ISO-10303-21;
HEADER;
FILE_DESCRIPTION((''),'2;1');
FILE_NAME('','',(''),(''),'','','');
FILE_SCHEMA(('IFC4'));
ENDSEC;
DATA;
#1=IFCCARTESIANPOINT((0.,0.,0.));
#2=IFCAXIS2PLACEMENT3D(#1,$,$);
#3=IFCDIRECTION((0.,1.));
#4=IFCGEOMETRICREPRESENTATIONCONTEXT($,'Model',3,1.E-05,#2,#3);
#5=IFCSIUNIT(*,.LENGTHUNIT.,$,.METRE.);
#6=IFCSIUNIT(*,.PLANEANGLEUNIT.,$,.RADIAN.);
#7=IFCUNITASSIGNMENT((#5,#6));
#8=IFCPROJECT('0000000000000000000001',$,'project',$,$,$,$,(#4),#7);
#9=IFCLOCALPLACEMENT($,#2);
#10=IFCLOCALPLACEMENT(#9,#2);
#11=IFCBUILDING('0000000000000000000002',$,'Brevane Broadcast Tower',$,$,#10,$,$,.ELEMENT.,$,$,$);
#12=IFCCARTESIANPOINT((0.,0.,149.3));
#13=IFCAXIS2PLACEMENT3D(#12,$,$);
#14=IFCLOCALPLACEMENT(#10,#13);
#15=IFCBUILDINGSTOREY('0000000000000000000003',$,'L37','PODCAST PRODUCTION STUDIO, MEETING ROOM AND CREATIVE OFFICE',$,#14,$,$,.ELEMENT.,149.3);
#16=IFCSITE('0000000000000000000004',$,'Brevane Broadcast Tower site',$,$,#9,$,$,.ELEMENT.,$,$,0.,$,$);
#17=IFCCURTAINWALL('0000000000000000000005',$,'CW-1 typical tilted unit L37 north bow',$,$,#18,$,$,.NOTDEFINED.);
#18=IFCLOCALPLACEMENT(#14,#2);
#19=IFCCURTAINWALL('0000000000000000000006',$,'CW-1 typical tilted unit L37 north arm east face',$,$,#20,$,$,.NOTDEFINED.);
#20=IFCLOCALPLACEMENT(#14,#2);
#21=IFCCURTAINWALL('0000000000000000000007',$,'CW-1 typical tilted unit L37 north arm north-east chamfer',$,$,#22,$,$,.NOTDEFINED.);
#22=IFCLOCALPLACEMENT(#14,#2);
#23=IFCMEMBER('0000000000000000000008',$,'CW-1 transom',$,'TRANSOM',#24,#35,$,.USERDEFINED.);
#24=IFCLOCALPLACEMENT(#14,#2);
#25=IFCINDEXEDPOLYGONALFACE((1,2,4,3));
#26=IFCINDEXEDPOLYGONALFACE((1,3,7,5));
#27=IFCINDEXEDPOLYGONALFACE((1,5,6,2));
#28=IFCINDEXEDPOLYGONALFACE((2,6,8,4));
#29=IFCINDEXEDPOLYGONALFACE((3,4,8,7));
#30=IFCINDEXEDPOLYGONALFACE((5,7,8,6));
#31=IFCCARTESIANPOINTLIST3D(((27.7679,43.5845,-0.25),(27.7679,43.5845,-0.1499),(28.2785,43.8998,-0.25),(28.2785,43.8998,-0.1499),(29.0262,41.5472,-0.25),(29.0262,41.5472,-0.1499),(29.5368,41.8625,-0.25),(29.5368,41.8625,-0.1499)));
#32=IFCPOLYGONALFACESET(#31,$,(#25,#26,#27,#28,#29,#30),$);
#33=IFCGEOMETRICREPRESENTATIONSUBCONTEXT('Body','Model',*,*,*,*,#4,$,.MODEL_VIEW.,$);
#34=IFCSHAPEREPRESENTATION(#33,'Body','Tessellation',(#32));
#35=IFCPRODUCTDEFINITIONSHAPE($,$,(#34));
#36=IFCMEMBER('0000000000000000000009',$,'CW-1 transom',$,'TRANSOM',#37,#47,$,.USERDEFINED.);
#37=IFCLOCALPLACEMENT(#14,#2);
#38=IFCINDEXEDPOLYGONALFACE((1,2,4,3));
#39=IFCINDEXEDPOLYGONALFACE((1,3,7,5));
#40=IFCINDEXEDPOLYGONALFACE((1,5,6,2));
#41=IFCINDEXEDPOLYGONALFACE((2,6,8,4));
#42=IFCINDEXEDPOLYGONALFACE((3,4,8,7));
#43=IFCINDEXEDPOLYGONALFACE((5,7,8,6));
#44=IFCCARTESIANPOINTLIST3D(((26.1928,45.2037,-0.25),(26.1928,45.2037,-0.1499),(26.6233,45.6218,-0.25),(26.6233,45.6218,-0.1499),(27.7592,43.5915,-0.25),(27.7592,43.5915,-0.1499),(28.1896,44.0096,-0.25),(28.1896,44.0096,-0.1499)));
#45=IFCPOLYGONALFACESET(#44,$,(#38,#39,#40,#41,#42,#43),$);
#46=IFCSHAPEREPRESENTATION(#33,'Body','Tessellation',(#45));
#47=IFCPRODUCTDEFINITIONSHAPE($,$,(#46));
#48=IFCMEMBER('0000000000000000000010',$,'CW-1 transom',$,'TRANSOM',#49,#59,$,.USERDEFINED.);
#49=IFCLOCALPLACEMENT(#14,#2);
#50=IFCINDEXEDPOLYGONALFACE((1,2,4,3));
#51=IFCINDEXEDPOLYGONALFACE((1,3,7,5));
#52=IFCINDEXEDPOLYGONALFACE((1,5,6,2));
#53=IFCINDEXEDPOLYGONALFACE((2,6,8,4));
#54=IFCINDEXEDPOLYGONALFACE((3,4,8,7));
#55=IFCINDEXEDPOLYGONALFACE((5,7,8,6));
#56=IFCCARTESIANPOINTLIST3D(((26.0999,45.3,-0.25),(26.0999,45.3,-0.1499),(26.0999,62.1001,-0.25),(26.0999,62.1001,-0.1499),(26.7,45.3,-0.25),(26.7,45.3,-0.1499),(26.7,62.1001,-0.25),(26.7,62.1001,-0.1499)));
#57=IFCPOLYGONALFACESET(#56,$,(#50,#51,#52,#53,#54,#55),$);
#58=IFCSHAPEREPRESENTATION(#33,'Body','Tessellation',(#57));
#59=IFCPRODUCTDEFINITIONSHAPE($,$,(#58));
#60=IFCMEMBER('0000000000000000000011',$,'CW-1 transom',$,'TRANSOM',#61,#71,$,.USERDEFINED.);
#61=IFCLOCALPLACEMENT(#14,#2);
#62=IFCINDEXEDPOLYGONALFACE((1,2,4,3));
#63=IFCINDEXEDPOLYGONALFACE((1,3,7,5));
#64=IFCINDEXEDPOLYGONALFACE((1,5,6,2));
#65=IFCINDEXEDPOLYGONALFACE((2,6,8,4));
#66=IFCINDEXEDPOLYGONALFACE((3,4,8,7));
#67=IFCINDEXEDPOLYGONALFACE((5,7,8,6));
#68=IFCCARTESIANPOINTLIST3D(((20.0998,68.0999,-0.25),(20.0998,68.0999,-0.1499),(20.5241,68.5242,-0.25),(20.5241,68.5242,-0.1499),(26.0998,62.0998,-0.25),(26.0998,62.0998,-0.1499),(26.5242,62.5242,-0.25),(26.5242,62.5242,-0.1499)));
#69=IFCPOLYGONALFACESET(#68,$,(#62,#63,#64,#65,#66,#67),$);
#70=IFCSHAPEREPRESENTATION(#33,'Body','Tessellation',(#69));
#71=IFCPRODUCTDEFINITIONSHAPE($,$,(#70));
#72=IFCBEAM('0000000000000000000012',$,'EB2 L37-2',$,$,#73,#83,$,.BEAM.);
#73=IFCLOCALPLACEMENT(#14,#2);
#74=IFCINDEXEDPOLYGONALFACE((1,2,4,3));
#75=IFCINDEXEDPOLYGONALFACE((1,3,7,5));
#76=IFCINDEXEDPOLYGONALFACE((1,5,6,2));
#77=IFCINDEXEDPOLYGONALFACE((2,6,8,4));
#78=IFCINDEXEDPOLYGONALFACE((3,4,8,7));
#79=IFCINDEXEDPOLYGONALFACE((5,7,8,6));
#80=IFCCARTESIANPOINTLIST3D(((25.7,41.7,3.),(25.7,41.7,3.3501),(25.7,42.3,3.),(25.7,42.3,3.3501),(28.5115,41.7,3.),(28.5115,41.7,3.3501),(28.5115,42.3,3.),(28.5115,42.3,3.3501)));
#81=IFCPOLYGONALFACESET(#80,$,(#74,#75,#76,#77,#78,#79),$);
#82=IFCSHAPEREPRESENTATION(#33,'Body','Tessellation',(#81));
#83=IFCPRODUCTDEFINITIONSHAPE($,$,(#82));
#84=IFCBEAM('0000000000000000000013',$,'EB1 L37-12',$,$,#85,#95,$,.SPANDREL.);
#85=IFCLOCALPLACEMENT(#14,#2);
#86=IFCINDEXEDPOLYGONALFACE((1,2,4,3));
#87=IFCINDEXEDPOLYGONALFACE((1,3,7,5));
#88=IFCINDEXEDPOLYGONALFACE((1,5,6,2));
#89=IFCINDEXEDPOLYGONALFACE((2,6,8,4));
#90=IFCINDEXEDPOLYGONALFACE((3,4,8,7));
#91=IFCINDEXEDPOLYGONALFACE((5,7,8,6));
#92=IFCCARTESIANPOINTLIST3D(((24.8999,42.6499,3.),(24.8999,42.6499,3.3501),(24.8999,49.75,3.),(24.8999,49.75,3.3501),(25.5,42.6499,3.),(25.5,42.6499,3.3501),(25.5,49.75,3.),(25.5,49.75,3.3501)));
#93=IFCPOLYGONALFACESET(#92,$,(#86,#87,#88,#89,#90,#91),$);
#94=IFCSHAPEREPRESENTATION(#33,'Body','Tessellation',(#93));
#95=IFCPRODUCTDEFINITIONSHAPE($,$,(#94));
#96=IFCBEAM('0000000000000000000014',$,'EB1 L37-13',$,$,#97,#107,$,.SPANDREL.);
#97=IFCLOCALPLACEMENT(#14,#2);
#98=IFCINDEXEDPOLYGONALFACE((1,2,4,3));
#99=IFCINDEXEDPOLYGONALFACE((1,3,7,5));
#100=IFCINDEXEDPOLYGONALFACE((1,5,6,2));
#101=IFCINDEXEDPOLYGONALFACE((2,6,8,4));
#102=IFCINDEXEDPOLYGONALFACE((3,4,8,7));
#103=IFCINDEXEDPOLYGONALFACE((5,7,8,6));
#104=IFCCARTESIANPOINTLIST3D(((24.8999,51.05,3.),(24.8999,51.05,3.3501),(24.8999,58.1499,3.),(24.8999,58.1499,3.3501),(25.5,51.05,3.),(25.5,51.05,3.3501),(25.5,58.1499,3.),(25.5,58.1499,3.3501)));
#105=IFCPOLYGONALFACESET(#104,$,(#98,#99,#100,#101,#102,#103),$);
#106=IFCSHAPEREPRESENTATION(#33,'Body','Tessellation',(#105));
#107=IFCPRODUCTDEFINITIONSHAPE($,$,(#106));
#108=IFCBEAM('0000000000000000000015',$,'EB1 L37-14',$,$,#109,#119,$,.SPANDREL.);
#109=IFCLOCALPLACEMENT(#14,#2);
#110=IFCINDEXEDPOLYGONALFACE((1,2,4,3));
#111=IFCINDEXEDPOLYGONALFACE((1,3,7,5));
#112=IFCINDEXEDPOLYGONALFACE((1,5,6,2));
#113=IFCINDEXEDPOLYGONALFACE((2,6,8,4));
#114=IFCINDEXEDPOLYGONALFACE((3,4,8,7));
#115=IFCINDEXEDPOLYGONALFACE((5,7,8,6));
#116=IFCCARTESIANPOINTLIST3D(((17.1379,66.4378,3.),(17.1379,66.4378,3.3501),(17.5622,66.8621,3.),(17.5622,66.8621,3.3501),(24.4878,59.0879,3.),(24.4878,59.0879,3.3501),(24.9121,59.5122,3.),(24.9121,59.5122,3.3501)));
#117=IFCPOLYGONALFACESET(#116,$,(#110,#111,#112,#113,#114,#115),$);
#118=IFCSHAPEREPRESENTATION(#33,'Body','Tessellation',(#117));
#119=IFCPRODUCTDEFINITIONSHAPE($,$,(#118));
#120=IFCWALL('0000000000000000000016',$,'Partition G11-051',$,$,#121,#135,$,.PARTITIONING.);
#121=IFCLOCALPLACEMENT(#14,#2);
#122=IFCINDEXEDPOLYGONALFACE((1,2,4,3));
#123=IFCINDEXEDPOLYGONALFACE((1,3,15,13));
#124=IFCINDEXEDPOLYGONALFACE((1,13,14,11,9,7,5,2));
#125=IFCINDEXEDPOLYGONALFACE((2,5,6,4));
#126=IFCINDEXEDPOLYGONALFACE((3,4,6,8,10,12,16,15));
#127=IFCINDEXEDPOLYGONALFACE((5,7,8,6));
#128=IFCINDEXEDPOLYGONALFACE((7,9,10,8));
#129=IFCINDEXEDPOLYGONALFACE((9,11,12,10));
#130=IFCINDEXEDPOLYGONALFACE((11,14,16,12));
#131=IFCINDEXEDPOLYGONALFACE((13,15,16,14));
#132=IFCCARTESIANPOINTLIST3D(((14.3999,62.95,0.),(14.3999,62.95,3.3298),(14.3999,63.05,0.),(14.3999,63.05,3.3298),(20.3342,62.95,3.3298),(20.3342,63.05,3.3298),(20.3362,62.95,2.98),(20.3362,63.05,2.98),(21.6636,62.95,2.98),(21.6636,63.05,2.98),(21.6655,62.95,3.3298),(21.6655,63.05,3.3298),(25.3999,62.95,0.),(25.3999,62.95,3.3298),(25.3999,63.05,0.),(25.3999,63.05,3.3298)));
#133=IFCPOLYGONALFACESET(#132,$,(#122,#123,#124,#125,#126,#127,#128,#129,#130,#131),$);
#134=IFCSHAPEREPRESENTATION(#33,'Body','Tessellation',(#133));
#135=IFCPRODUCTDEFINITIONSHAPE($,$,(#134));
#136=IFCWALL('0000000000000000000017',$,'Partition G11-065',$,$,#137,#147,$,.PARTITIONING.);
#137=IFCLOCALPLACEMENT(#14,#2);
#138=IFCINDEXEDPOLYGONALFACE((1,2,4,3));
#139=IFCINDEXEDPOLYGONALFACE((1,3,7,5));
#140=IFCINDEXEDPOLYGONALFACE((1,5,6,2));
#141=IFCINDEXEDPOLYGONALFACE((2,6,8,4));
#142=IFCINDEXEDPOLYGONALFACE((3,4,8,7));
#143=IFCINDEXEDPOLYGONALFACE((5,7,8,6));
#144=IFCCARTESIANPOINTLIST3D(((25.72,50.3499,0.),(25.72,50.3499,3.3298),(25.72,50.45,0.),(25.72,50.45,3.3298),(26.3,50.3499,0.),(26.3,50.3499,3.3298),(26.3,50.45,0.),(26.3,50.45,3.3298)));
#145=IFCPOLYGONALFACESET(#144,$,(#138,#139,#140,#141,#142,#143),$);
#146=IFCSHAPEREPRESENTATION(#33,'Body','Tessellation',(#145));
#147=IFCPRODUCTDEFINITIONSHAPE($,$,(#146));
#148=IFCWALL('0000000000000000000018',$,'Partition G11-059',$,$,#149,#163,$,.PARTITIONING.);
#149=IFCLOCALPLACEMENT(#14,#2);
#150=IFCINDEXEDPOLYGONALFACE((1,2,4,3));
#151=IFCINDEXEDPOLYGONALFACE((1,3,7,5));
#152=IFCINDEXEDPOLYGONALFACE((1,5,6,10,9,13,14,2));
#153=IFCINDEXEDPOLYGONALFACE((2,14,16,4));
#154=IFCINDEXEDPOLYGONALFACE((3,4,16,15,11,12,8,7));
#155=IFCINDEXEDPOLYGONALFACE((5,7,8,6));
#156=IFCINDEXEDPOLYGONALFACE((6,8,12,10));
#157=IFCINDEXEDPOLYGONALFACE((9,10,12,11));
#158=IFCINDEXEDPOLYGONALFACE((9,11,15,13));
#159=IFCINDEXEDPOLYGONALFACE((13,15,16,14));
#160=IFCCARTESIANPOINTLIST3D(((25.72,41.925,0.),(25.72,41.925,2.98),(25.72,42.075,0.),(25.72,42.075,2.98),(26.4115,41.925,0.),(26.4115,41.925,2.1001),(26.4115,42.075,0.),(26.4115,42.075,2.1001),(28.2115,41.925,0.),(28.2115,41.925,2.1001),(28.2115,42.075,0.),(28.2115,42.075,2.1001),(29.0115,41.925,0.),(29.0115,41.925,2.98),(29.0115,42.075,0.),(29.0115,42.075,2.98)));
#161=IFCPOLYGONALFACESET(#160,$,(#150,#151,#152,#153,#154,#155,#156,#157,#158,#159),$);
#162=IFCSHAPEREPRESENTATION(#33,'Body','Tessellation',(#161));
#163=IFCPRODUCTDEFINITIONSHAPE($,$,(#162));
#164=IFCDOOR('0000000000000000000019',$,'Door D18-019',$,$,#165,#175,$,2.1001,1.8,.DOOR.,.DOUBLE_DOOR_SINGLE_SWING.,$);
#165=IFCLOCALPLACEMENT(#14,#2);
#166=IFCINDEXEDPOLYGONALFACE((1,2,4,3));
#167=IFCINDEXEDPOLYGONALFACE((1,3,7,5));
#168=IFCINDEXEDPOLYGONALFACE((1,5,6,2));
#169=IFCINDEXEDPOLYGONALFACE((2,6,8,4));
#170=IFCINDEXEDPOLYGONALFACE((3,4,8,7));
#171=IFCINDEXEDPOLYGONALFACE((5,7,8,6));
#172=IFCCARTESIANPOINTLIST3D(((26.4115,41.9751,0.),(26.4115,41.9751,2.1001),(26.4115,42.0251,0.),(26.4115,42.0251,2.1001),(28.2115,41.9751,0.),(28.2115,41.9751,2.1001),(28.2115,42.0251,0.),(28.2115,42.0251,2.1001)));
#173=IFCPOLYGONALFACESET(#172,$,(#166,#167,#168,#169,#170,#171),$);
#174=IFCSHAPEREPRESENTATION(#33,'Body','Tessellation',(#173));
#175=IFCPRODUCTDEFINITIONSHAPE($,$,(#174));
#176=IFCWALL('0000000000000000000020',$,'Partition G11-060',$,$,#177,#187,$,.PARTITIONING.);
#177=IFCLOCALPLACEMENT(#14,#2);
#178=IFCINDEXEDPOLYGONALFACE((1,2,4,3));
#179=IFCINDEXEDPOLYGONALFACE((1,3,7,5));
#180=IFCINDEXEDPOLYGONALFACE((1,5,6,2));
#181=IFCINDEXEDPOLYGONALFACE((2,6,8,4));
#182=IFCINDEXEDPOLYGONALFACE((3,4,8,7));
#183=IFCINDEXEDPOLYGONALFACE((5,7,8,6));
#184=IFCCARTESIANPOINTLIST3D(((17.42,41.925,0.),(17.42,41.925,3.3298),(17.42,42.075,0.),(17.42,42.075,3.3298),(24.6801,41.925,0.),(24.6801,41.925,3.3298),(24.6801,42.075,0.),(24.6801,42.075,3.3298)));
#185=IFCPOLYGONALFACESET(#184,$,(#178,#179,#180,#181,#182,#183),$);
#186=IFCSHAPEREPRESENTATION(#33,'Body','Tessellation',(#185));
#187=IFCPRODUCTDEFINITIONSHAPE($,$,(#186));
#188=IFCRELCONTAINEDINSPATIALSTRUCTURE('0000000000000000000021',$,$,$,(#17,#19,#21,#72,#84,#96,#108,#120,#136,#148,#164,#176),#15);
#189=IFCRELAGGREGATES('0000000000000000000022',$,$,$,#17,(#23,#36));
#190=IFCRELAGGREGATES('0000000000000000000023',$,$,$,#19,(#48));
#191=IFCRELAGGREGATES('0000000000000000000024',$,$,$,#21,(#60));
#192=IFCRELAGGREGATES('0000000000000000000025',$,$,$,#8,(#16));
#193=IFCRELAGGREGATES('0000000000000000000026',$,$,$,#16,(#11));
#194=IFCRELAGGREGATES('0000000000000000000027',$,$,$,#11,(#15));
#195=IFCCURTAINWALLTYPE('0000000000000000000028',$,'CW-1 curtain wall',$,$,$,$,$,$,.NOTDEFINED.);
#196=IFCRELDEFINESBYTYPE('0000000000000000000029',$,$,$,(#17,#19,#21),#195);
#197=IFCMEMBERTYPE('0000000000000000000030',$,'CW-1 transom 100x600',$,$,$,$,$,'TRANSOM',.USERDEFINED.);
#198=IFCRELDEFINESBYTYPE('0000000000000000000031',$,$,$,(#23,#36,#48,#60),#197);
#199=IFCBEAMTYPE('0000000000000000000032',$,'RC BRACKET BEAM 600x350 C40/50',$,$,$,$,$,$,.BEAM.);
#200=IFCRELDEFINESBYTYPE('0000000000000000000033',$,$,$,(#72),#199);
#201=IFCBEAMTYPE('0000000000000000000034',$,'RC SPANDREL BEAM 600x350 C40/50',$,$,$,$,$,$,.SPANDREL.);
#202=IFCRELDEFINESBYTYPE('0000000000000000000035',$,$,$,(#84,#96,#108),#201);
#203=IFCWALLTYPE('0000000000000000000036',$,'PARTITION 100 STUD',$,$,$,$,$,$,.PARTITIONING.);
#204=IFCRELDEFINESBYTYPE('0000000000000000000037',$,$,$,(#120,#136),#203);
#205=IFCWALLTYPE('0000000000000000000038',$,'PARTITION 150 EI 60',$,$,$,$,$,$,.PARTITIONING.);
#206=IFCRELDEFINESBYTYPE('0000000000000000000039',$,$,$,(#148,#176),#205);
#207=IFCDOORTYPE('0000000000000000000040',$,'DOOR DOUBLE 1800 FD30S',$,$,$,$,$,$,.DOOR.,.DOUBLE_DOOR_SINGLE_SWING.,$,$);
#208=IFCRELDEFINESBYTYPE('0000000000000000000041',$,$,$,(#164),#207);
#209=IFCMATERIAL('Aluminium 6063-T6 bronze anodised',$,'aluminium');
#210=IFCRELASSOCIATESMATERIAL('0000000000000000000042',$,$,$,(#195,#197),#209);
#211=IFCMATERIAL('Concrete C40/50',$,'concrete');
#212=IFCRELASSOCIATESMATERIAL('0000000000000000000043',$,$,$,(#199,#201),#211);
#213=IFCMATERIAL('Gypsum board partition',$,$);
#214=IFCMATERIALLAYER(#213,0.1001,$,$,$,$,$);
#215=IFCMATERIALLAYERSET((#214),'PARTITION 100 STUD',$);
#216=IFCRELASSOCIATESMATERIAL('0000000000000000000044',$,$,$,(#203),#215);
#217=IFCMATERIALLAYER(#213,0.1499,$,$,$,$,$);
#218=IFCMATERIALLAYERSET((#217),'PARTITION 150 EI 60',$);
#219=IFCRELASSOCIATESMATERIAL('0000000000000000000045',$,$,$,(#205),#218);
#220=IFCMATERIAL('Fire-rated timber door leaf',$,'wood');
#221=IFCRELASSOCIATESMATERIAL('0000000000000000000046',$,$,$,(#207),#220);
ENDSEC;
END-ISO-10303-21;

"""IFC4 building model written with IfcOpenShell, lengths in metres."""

from ifc_helpers import new_model, si_unit, direction, frame, frame_2d, origin, origin_2d, place, context, subcontext, project, spatial, polyline, rectangle, outline, extrude, material, layer, layer_set, material_profile, profile_set, type_object, element, fill, aggregate, save


model = new_model("IFC4")

# Units and contexts
model_context = context("Model", 3, precision=1e-05, world=origin(), true_north=direction((0.0, 1.0)))
body_context = subcontext(model_context, "Body", "Model", "MODEL_VIEW")
ifc_project = project(units=[si_unit("LENGTHUNIT", "METRE"), si_unit("PLANEANGLEUNIT", "RADIAN")], contexts=[model_context])

# Site, building, storey
site_placement = place(None, origin())
site = spatial("IfcSite", under=ifc_project, at=site_placement, Name="Brevane Broadcast Tower site", CompositionType="ELEMENT", RefElevation=0.0)
building_placement = place(site_placement, origin())
building = spatial("IfcBuilding", under=site, at=building_placement, Name="Brevane Broadcast Tower", CompositionType="ELEMENT")
storey_placement = place(building_placement, frame((0.0, 0.0, 149.3)))
storey = spatial("IfcBuildingStorey", under=building, at=storey_placement, Name="L37", Description="PODCAST PRODUCTION STUDIO, MEETING ROOM AND CREATIVE OFFICE", CompositionType="ELEMENT", Elevation=149.3)

# Curtain walls
ifc_material_1 = material(Name="Aluminium 6063-T6 bronze anodised", Category="aluminium")
curtain_wall_type = type_object("IfcCurtainWallType", Name="CW-1 curtain wall", PredefinedType="NOTDEFINED", material=ifc_material_1)
curtain_wall_1_placement = place(storey_placement, origin())
curtain_wall_1 = element("IfcCurtainWall", 1, at=curtain_wall_1_placement, inside=storey, type_object=curtain_wall_type, Name="CW-1 typical tilted unit L37 north bow", PredefinedType="NOTDEFINED")
curtain_wall_2_placement = place(storey_placement, origin())
curtain_wall_2 = element("IfcCurtainWall", 2, at=curtain_wall_2_placement, inside=storey, type_object=curtain_wall_type, Name="CW-1 typical tilted unit L37 north arm east face", PredefinedType="NOTDEFINED")
curtain_wall_3_placement = place(storey_placement, origin())
curtain_wall_3 = element("IfcCurtainWall", 3, at=curtain_wall_3_placement, inside=storey, type_object=curtain_wall_type, Name="CW-1 typical tilted unit L37 north arm north-east chamfer", PredefinedType="NOTDEFINED")

# Members
ifc_material_profile_1 = material_profile(ifc_material_1, rectangle(XDim=0.6001, YDim=0.1001, at=origin_2d()), Name="RECT 100x600")
ifc_profile_set_1 = profile_set([ifc_material_profile_1], Name="Aluminium 6063-T6 bronze anodised")
member_type_1 = type_object("IfcMemberType", Name="CW-1 transom 100x600", ElementType="TRANSOM", PredefinedType="USERDEFINED", material=ifc_profile_set_1)
member_1_placement = place(storey_placement, frame((29.2815, 41.7048, -0.2), z_axis=(-0.525473, 0.85081, 0.0), x_axis=(-0.85081, -0.525473, 0.0)))
member_1 = element("IfcMember", 4, at=member_1_placement, type_object=member_type_1, Name="CW-1 transom", ObjectType="TRANSOM", PredefinedType="USERDEFINED", context=body_context, shape_type="SweptSolid", body=[
    extrude(rectangle(XDim=0.6001, YDim=0.1001, at=origin_2d()), origin(), (0.0, 0.0, 1.0), 2.3945),
])
member_2_placement = place(storey_placement, frame((27.9744, 43.8005, -0.2), z_axis=(-0.696824, 0.717242, 0.0), x_axis=(-0.717242, -0.696824, 0.0)))
member_2 = element("IfcMember", 5, at=member_2_placement, type_object=member_type_1, Name="CW-1 transom", ObjectType="TRANSOM", PredefinedType="USERDEFINED", context=body_context, shape_type="SweptSolid", body=[
    extrude(rectangle(XDim=0.6001, YDim=0.1001, at=origin_2d()), origin(), (0.0, 0.0, 1.0), 2.2478),
])
aggregate(curtain_wall_1, [member_1, member_2])
member_3_placement = place(storey_placement, frame((26.3999, 45.3, -0.2), z_axis=(0.0, 1.0, 0.0), x_axis=(-1.0, 0.0, 0.0)))
member_3 = element("IfcMember", 6, at=member_3_placement, type_object=member_type_1, Name="CW-1 transom", ObjectType="TRANSOM", PredefinedType="USERDEFINED", context=body_context, shape_type="SweptSolid", body=[
    extrude(rectangle(XDim=0.6001, YDim=0.1001, at=origin_2d()), origin(), (0.0, 0.0, 1.0), 16.8),
])
aggregate(curtain_wall_2, [member_3])
member_4_placement = place(storey_placement, frame((26.312, 62.312, -0.2), z_axis=(-0.707107, 0.707107, 0.0), x_axis=(-0.707107, -0.707107, 0.0)))
member_4 = element("IfcMember", 7, at=member_4_placement, type_object=member_type_1, Name="CW-1 transom", ObjectType="TRANSOM", PredefinedType="USERDEFINED", context=body_context, shape_type="SweptSolid", body=[
    extrude(rectangle(XDim=0.6001, YDim=0.1001, at=origin_2d()), origin(), (0.0, 0.0, 1.0), 8.4854),
])
aggregate(curtain_wall_3, [member_4])

# Beams
ifc_material_2 = material(Name="Concrete C40/50", Category="concrete")
ifc_material_profile_2 = material_profile(ifc_material_2, rectangle(XDim=0.6001, YDim=0.3501, at=origin_2d()), Name="RC 600x350")
ifc_profile_set_2 = profile_set([ifc_material_profile_2], Name="Concrete C40/50")
beam_type_1 = type_object("IfcBeamType", Name="RC BRACKET BEAM 600x350 C40/50", PredefinedType="BEAM", material=ifc_profile_set_2)
beam_1_placement = place(storey_placement, frame((25.7, 42.0, 3.175), z_axis=(1.0, 0.0, 0.0), x_axis=(0.0, 1.0, 0.0)))
element("IfcBeam", 8, at=beam_1_placement, inside=storey, type_object=beam_type_1, Name="EB2 L37-2", PredefinedType="BEAM", context=body_context, shape_type="SweptSolid", body=[
    extrude(rectangle(XDim=0.6001, YDim=0.3501, at=origin_2d()), origin(), (0.0, 0.0, 1.0), 2.8115),
])
ifc_material_profile_3 = material_profile(ifc_material_2, rectangle(XDim=0.6001, YDim=0.3501, at=origin_2d()), Name="RC 600x350")
ifc_profile_set_3 = profile_set([ifc_material_profile_3], Name="Concrete C40/50")
beam_type_2 = type_object("IfcBeamType", Name="RC SPANDREL BEAM 600x350 C40/50", PredefinedType="SPANDREL", material=ifc_profile_set_3)
beam_2_placement = place(storey_placement, frame((25.2, 42.6499, 3.175), z_axis=(0.0, 1.0, 0.0), x_axis=(-1.0, 0.0, 0.0)))
element("IfcBeam", 9, at=beam_2_placement, inside=storey, type_object=beam_type_2, Name="EB1 L37-12", PredefinedType="SPANDREL", context=body_context, shape_type="SweptSolid", body=[
    extrude(rectangle(XDim=0.6001, YDim=0.3501, at=origin_2d()), origin(), (0.0, 0.0, 1.0), 7.1001),
])
beam_3_placement = place(storey_placement, frame((25.2, 51.05, 3.175), z_axis=(0.0, 1.0, 0.0), x_axis=(-1.0, 0.0, 0.0)))
element("IfcBeam", 10, at=beam_3_placement, inside=storey, type_object=beam_type_2, Name="EB1 L37-13", PredefinedType="SPANDREL", context=body_context, shape_type="SweptSolid", body=[
    extrude(rectangle(XDim=0.6001, YDim=0.3501, at=origin_2d()), origin(), (0.0, 0.0, 1.0), 7.0999),
])
beam_4_placement = place(storey_placement, frame((24.7, 59.3, 3.175), z_axis=(-0.707107, 0.707107, 0.0), x_axis=(-0.707107, -0.707107, 0.0)))
element("IfcBeam", 11, at=beam_4_placement, inside=storey, type_object=beam_type_2, Name="EB1 L37-14", PredefinedType="SPANDREL", context=body_context, shape_type="SweptSolid", body=[
    extrude(rectangle(XDim=0.6001, YDim=0.3501, at=origin_2d()), origin(), (0.0, 0.0, 1.0), 10.3943),
])

# Walls
ifc_material_3 = material(Name="Gypsum board partition")
ifc_layer_1 = layer(ifc_material_3, 0.1001)
ifc_layer_set_1 = layer_set([ifc_layer_1], Name="PARTITION 100 STUD")
wall_type_1 = type_object("IfcWallType", Name="PARTITION 100 STUD", PredefinedType="PARTITIONING", material=ifc_layer_set_1)
wall_1_placement = place(storey_placement, frame((25.3999, 63.0, 0.0), z_axis=(0.0, 0.0, 1.0), x_axis=(-1.0, 0.0, 0.0)))
element("IfcWall", 12, at=wall_1_placement, inside=storey, type_object=wall_type_1, Name="Partition G11-051", PredefinedType="PARTITIONING", context=body_context, shape_type="SweptSolid", body=[
    extrude(outline(polyline([(0.0, 0.0), (11.0, 0.0), (11.0, 3.3298), (5.0657, 3.3298), (5.0637, 2.98), (3.7363, 2.98), (3.7344, 3.3298), (0.0, 3.3298), (0.0, 0.0)])), frame((0.0, 0.05, 0.0), z_axis=(0.0, -1.0, 0.0), x_axis=(1.0, 0.0, 0.0)), (0.0, 0.0, 1.0), 0.1001),
])
wall_2_placement = place(storey_placement, frame((25.72, 50.3999, 0.0), z_axis=(0.0, 0.0, 1.0), x_axis=(1.0, 0.0, 0.0)))
element("IfcWall", 13, at=wall_2_placement, inside=storey, type_object=wall_type_1, Name="Partition G11-065", PredefinedType="PARTITIONING", context=body_context, shape_type="SweptSolid", body=[
    extrude(rectangle(XDim=0.5801, YDim=0.1001, at=frame_2d((0.29, 0.0))), origin(), (0.0, 0.0, 1.0), 3.3298),
])

# Wall, opening, door
ifc_layer_2 = layer(ifc_material_3, 0.1499)
ifc_layer_set_2 = layer_set([ifc_layer_2], Name="PARTITION 150 EI 60")
wall_type_2 = type_object("IfcWallType", Name="PARTITION 150 EI 60", PredefinedType="PARTITIONING", material=ifc_layer_set_2)
wall_3_placement = place(storey_placement, frame((29.0115, 42.0, 0.0), z_axis=(0.0, 0.0, 1.0), x_axis=(-1.0, 0.0, 0.0)))
wall_3 = element("IfcWall", 14, at=wall_3_placement, inside=storey, type_object=wall_type_2, Name="Partition G11-059", PredefinedType="PARTITIONING", context=body_context, shape_type="SweptSolid", body=[
    extrude(rectangle(XDim=3.2915, YDim=0.1499, at=frame_2d((1.6458, 0.0))), origin(), (0.0, 0.0, 1.0), 2.98),
])
opening_placement = place(wall_3_placement, frame((0.8, 0.0, 0.0)))
opening = element("IfcOpeningElement", 15, at=opening_placement, cuts=wall_3, PredefinedType="OPENING", context=body_context, shape_type="SweptSolid", body=[
    extrude(rectangle(XDim=1.8, YDim=2.1001, at=frame_2d((0.8999, 1.05))), frame((0.0, 0.085, 0.0), z_axis=(0.0, -1.0, 0.0), x_axis=(1.0, 0.0, 0.0)), (0.0, 0.0, 1.0), 0.1699),
])
ifc_material_4 = material(Name="Fire-rated timber door leaf", Category="wood")
door_type = type_object("IfcDoorType", Name="DOOR DOUBLE 1800 FD30S", OperationType="DOUBLE_DOOR_SINGLE_SWING", PredefinedType="DOOR", material=ifc_material_4)
door_placement = place(opening_placement, origin())
door = element("IfcDoor", 16, at=door_placement, inside=storey, type_object=door_type, Name="Door D18-019", OperationType="DOUBLE_DOOR_SINGLE_SWING", OverallHeight=2.1001, OverallWidth=1.8, PredefinedType="DOOR", context=body_context, shape_type="SweptSolid", body=[
    extrude(rectangle(XDim=1.8, YDim=2.1001, at=frame_2d((0.8999, 1.05))), frame((0.0, 0.0249, 0.0), z_axis=(0.0, -1.0, 0.0), x_axis=(1.0, 0.0, 0.0)), (0.0, 0.0, 1.0), 0.05),
])
fill(opening, door)

# Wall
wall_4_placement = place(storey_placement, frame((24.6799, 42.0, 0.0), z_axis=(0.0, 0.0, 1.0), x_axis=(-1.0, 0.0, 0.0)))
element("IfcWall", 17, at=wall_4_placement, inside=storey, type_object=wall_type_2, Name="Partition G11-060", PredefinedType="PARTITIONING", context=body_context, shape_type="SweptSolid", body=[
    extrude(rectangle(XDim=7.26, YDim=0.1499, at=frame_2d((3.6299, 0.0))), origin(), (0.0, 0.0, 1.0), 3.3298),
])

save(model, "model.ifc")
